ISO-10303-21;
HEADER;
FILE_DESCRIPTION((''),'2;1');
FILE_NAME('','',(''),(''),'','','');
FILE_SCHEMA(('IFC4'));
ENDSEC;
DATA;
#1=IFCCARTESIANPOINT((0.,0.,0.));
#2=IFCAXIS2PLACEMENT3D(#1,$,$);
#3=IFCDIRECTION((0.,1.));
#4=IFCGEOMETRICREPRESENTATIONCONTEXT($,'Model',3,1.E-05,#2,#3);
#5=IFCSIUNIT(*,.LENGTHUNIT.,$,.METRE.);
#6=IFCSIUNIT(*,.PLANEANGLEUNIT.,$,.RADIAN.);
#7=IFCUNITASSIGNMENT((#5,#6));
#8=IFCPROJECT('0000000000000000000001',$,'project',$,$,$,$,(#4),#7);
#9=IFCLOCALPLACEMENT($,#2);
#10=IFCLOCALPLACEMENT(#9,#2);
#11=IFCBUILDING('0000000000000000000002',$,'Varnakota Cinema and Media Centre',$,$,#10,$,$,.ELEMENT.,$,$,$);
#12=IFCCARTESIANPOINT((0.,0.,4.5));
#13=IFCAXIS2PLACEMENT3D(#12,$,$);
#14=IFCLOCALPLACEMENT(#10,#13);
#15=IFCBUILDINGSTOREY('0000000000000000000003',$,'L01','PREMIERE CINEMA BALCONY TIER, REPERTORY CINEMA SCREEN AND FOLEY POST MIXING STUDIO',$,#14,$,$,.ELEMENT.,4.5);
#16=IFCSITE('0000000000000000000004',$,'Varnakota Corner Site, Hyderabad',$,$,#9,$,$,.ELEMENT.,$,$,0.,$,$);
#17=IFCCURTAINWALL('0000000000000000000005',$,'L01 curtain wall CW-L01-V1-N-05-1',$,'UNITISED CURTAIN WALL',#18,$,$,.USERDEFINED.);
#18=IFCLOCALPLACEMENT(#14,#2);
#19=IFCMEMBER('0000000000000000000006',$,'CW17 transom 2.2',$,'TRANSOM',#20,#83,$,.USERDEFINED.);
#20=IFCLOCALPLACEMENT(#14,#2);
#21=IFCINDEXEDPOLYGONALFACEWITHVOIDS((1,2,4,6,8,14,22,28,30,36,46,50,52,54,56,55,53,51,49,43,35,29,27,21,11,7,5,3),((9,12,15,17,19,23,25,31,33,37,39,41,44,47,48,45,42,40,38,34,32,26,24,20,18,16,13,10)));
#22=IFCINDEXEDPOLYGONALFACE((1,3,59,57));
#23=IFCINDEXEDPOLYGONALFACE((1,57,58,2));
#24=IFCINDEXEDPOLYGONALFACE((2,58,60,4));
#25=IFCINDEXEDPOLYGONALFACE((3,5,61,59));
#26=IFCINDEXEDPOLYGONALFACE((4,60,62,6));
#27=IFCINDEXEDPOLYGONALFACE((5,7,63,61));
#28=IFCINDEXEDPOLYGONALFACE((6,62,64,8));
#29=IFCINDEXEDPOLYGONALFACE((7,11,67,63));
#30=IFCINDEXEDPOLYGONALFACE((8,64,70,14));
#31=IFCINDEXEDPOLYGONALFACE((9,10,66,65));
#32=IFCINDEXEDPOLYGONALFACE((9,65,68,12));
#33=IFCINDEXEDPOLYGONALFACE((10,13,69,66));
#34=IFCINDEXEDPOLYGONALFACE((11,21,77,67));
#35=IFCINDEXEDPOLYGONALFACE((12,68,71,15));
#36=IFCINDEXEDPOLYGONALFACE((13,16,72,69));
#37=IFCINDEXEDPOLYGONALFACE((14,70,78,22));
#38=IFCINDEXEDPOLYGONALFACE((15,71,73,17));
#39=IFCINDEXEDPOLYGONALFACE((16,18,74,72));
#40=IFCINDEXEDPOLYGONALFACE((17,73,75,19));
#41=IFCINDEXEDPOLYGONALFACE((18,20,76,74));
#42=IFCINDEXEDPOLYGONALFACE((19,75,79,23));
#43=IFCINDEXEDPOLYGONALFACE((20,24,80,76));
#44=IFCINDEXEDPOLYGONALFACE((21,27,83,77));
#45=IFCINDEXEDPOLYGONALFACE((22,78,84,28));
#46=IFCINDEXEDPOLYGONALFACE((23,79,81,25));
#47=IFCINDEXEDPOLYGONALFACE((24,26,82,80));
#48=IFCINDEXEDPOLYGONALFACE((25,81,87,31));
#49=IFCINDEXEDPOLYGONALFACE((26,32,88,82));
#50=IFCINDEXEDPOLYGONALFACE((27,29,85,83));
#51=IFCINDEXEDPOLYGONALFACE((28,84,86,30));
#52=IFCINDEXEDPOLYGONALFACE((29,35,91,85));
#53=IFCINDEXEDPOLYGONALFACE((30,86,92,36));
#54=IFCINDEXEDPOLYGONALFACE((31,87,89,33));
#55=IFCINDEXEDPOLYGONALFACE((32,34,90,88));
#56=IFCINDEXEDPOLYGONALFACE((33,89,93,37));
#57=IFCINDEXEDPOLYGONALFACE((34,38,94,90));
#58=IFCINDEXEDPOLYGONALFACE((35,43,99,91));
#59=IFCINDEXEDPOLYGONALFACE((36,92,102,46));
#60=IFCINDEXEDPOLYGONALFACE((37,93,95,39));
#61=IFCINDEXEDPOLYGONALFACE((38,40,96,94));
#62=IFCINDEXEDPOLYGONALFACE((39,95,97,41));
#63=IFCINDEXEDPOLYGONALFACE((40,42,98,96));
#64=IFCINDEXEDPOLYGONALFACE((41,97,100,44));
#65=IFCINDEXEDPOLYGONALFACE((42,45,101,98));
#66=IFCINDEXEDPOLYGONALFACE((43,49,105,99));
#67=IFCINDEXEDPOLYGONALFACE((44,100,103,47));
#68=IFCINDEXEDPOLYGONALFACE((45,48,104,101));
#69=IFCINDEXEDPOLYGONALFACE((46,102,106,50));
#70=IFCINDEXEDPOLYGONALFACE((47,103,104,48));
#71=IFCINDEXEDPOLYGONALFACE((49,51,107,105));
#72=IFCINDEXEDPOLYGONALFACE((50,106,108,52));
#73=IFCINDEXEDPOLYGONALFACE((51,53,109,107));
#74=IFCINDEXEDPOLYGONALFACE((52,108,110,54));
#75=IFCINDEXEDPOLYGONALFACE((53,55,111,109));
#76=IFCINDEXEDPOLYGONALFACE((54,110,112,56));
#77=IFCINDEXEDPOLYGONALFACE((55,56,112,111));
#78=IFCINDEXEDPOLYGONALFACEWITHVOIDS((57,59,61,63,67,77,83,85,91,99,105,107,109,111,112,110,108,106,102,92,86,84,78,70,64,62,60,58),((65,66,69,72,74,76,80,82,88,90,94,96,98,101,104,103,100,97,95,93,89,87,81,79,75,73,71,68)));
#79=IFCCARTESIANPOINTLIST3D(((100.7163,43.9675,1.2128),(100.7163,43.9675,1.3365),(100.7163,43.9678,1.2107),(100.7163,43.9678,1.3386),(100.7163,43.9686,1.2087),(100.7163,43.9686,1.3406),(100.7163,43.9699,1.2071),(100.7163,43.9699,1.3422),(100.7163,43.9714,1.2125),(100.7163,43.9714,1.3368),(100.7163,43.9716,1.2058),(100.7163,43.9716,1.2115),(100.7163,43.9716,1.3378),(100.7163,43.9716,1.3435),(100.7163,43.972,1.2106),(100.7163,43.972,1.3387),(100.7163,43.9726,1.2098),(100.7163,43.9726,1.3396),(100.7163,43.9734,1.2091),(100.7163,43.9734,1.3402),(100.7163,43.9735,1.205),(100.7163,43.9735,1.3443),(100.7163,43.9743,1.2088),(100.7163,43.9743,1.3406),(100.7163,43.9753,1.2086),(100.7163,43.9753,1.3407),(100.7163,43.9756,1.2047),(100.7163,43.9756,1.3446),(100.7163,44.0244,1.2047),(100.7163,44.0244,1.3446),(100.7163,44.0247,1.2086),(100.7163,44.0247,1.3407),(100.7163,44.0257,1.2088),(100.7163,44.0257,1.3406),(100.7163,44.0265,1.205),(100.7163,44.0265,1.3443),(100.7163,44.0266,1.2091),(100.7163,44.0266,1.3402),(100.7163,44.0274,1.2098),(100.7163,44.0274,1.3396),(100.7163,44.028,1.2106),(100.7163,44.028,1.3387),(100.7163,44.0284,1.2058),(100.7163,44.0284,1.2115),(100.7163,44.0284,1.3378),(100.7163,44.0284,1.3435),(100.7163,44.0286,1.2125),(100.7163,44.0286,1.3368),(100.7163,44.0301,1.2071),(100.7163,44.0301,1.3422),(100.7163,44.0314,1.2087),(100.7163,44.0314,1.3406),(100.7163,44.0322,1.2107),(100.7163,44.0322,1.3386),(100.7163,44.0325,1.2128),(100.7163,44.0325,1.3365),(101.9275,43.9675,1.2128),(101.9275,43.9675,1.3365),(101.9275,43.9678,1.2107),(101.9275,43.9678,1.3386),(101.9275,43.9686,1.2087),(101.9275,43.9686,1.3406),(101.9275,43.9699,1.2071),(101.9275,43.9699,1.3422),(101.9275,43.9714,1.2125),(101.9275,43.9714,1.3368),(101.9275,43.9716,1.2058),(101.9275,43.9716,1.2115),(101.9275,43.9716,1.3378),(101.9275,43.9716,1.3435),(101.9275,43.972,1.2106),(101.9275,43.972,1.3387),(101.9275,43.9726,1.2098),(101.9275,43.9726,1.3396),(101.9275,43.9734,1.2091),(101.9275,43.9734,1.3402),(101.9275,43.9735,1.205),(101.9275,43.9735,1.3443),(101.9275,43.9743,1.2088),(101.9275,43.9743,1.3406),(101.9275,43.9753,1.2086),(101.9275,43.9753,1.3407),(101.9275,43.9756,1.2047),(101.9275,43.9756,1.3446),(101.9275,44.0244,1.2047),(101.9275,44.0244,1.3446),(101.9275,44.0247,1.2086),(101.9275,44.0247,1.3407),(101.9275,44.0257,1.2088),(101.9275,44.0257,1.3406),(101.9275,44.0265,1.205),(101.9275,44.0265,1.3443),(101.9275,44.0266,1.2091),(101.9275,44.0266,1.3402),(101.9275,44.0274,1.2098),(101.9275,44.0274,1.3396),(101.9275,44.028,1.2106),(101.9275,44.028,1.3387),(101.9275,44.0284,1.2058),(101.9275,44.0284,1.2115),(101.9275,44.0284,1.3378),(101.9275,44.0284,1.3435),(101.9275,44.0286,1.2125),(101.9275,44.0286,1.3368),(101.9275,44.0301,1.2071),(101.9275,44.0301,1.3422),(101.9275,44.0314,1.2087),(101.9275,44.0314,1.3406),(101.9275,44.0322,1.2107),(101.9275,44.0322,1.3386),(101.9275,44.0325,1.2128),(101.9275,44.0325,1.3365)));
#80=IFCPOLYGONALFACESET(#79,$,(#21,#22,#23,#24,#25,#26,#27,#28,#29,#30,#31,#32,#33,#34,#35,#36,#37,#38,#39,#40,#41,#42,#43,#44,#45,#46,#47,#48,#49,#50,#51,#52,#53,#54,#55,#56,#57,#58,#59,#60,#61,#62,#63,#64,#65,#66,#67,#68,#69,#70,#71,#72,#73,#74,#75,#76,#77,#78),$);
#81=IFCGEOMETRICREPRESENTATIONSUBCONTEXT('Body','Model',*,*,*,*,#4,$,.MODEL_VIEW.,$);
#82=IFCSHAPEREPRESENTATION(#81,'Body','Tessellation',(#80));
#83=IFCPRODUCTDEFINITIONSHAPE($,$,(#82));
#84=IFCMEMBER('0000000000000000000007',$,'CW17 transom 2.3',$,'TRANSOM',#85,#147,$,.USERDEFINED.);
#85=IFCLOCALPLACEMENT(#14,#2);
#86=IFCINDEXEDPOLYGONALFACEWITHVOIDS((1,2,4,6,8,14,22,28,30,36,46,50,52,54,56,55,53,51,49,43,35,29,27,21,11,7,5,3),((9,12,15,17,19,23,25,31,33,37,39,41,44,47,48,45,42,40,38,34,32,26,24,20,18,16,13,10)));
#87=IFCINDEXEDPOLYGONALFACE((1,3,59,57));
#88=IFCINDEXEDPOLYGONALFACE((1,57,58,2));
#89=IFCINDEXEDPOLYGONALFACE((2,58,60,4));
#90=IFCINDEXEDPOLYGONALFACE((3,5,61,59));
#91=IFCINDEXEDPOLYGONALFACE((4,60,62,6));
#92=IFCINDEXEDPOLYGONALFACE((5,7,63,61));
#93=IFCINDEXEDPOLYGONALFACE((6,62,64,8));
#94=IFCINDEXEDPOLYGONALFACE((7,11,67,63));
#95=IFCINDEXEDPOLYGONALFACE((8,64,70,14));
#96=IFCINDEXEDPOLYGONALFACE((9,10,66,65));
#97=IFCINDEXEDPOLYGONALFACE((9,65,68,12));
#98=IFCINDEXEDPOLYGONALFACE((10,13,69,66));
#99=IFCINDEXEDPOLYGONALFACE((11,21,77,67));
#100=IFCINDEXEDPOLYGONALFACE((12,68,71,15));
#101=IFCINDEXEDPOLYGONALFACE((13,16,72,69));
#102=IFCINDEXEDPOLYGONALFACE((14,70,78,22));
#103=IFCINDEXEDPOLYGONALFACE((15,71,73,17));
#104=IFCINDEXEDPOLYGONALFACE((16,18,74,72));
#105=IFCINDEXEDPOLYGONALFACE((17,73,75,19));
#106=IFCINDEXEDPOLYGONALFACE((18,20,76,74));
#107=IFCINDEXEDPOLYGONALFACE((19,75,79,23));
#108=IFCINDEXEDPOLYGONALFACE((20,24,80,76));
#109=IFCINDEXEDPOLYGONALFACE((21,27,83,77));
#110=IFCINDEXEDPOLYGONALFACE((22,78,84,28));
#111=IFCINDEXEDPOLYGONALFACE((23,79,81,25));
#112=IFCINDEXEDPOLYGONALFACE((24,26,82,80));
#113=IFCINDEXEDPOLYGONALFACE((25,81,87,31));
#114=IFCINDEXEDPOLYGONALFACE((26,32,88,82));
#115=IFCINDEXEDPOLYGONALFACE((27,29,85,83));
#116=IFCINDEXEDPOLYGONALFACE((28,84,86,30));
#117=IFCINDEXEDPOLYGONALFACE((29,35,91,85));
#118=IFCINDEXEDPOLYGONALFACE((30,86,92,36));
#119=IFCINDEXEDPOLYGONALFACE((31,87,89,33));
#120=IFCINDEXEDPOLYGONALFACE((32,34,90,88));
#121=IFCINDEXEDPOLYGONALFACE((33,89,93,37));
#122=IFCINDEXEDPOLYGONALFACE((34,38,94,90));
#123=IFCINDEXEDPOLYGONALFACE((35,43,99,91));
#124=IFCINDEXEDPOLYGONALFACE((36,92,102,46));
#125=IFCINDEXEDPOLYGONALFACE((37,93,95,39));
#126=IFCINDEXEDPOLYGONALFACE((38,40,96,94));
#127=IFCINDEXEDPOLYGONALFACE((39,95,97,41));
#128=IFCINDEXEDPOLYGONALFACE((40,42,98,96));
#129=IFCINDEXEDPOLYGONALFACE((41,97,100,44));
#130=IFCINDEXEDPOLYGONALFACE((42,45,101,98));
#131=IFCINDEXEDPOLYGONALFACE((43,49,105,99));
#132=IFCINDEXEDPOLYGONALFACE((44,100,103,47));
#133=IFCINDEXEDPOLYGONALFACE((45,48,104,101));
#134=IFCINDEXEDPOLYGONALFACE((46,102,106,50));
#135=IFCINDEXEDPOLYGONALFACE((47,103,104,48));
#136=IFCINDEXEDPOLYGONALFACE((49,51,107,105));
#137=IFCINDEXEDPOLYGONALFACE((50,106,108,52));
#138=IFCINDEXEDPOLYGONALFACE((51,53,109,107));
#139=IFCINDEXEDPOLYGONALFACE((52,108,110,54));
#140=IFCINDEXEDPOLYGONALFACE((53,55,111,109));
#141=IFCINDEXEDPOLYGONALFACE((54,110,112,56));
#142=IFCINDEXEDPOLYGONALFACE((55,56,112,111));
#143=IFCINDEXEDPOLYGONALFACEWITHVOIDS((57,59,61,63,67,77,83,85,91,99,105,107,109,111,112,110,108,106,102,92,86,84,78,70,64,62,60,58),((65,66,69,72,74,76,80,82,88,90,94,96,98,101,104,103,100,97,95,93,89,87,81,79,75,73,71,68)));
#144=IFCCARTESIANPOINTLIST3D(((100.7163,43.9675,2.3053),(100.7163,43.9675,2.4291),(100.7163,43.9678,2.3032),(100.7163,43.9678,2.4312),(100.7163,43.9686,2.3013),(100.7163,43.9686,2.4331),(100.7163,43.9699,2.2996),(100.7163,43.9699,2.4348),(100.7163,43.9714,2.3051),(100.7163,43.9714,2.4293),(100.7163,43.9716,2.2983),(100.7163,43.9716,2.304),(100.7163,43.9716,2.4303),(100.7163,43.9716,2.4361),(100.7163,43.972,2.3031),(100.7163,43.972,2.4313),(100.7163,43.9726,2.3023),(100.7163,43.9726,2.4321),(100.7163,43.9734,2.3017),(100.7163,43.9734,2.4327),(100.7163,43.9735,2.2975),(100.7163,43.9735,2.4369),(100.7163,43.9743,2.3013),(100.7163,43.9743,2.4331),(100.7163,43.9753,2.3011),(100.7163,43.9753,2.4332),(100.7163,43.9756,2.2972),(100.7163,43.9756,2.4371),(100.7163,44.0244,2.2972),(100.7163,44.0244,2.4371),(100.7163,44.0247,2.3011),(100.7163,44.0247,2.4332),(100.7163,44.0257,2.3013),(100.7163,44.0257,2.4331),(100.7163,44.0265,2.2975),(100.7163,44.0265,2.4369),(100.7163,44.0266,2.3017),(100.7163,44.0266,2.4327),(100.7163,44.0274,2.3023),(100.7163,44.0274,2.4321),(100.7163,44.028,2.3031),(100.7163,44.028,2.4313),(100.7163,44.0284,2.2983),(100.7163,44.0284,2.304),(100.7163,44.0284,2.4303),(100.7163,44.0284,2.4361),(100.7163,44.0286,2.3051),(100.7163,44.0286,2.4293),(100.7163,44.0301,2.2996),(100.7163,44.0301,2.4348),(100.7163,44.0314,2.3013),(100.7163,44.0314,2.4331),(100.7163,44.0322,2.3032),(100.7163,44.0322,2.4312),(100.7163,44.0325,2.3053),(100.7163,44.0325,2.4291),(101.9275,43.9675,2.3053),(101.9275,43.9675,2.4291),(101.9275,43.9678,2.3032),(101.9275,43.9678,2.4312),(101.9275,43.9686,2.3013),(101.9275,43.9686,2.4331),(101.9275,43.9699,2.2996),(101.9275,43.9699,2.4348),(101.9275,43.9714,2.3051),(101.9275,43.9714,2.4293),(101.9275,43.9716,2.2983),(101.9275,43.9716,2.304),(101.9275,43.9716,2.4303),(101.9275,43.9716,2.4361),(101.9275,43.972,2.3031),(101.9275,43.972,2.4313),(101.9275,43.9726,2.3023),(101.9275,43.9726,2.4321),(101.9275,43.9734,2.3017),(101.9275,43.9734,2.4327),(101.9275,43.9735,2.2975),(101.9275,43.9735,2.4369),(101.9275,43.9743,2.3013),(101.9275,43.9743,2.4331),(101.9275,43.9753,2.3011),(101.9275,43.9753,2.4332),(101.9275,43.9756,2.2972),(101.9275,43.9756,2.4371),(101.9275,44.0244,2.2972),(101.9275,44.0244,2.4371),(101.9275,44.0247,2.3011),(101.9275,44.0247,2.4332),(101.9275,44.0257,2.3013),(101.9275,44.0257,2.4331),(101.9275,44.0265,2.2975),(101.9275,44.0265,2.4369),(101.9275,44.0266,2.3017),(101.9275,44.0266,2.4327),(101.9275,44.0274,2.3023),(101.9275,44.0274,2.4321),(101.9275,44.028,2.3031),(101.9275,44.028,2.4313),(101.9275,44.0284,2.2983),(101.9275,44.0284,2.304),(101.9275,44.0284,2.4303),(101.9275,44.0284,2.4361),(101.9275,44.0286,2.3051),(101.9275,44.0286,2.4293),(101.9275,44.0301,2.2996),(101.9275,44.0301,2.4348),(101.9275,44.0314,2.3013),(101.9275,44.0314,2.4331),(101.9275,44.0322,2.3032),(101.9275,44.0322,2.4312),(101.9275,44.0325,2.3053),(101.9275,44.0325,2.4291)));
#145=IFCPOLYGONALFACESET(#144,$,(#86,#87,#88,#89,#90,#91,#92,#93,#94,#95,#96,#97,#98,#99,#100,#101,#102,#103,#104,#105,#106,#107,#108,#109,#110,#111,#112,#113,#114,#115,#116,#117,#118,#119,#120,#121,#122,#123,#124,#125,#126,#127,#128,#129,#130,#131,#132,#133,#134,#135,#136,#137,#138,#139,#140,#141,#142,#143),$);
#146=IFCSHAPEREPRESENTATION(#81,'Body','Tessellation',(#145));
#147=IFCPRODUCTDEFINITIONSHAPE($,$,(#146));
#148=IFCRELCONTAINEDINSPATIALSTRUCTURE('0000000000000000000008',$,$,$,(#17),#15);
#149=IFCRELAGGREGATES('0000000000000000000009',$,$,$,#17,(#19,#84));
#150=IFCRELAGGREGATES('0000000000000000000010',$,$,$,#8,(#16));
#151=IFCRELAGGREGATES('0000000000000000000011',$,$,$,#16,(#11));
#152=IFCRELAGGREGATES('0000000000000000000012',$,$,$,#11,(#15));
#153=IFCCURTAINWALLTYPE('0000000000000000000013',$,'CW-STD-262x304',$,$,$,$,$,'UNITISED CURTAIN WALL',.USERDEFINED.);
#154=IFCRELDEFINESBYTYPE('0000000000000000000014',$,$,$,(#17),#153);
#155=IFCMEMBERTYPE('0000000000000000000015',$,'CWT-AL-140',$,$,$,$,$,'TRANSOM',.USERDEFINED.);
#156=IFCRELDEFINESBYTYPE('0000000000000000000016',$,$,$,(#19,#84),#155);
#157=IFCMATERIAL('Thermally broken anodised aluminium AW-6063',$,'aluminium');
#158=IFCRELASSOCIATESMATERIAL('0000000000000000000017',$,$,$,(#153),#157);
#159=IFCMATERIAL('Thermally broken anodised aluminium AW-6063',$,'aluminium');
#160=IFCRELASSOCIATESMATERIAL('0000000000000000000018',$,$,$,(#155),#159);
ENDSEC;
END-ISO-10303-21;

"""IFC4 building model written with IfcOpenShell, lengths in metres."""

from ifc_helpers import new_model, si_unit, direction, frame, origin, origin_2d, place, context, subcontext, project, spatial, hollow_rectangle, extrude, material, material_profile, profile_set, type_object, element, aggregate, save


model = new_model("IFC4")

# Units and contexts
model_context = context("Model", 3, precision=1e-05, world=origin(), true_north=direction((0.0, 1.0)))
body_context = subcontext(model_context, "Body", "Model", "MODEL_VIEW")
ifc_project = project(units=[si_unit("LENGTHUNIT", "METRE"), si_unit("PLANEANGLEUNIT", "RADIAN")], contexts=[model_context])

# Site, building, storey
site_placement = place(None, origin())
site = spatial("IfcSite", under=ifc_project, at=site_placement, Name="Varnakota Corner Site, Hyderabad", CompositionType="ELEMENT", RefElevation=0.0)
building_placement = place(site_placement, origin())
building = spatial("IfcBuilding", under=site, at=building_placement, Name="Varnakota Cinema and Media Centre", CompositionType="ELEMENT")
storey_placement = place(building_placement, frame((0.0, 0.0, 4.5)))
storey = spatial("IfcBuildingStorey", under=building, at=storey_placement, Name="L01", Description="PREMIERE CINEMA BALCONY TIER, REPERTORY CINEMA SCREEN AND FOLEY POST MIXING STUDIO", CompositionType="ELEMENT", Elevation=4.5)

# Curtain wall
ifc_material_1 = material(Name="Thermally broken anodised aluminium AW-6063", Category="aluminium")
curtain_wall_type = type_object("IfcCurtainWallType", Name="CW-STD-262x304", ElementType="UNITISED CURTAIN WALL", PredefinedType="USERDEFINED", material=ifc_material_1)
curtain_wall_1_placement = place(storey_placement, origin())
curtain_wall_1 = element("IfcCurtainWall", 1, at=curtain_wall_1_placement, inside=storey, type_object=curtain_wall_type, Name="L01 curtain wall CW-L01-V1-N-05-1", ObjectType="UNITISED CURTAIN WALL", PredefinedType="USERDEFINED")

# Members
ifc_material_2 = material(Name="Thermally broken anodised aluminium AW-6063", Category="aluminium")
ifc_material_profile_1 = material_profile(ifc_material_2, hollow_rectangle(XDim=0.0649, YDim=0.1399, WallThickness=0.0039, InnerFilletRadius=0.0039, OuterFilletRadius=0.0081, at=origin_2d()), Name="AL-TRANSOM 140x65x4")
ifc_profile_set_1 = profile_set([ifc_material_profile_1], Name="Thermally broken anodised aluminium AW-6063")
member_type_1 = type_object("IfcMemberType", Name="CWT-AL-140", ElementType="TRANSOM", PredefinedType="USERDEFINED", material=ifc_profile_set_1)
member_1_placement = place(storey_placement, frame((100.7163, 44.0, 1.2747), z_axis=(1.0, 0.0, 0.0), x_axis=(0.0, 1.0, 0.0)))
member_1 = element("IfcMember", 2, at=member_1_placement, type_object=member_type_1, Name="CW17 transom 2.2", ObjectType="TRANSOM", PredefinedType="USERDEFINED", context=body_context, shape_type="SweptSolid", body=[
    extrude(hollow_rectangle(XDim=0.0649, YDim=0.1399, WallThickness=0.0039, InnerFilletRadius=0.0039, OuterFilletRadius=0.0081, at=origin_2d()), origin(), (0.0, 0.0, 1.0), 1.2112),
])
member_2_placement = place(storey_placement, frame((100.7163, 44.0, 2.3672), z_axis=(1.0, 0.0, 0.0), x_axis=(0.0, 1.0, 0.0)))
member_2 = element("IfcMember", 3, at=member_2_placement, type_object=member_type_1, Name="CW17 transom 2.3", ObjectType="TRANSOM", PredefinedType="USERDEFINED", context=body_context, shape_type="SweptSolid", body=[
    extrude(hollow_rectangle(XDim=0.0649, YDim=0.1399, WallThickness=0.0039, InnerFilletRadius=0.0039, OuterFilletRadius=0.0081, at=origin_2d()), origin(), (0.0, 0.0, 1.0), 1.2112),
])

aggregate(curtain_wall_1, [member_1, member_2])

save(model, "model.ifc")
